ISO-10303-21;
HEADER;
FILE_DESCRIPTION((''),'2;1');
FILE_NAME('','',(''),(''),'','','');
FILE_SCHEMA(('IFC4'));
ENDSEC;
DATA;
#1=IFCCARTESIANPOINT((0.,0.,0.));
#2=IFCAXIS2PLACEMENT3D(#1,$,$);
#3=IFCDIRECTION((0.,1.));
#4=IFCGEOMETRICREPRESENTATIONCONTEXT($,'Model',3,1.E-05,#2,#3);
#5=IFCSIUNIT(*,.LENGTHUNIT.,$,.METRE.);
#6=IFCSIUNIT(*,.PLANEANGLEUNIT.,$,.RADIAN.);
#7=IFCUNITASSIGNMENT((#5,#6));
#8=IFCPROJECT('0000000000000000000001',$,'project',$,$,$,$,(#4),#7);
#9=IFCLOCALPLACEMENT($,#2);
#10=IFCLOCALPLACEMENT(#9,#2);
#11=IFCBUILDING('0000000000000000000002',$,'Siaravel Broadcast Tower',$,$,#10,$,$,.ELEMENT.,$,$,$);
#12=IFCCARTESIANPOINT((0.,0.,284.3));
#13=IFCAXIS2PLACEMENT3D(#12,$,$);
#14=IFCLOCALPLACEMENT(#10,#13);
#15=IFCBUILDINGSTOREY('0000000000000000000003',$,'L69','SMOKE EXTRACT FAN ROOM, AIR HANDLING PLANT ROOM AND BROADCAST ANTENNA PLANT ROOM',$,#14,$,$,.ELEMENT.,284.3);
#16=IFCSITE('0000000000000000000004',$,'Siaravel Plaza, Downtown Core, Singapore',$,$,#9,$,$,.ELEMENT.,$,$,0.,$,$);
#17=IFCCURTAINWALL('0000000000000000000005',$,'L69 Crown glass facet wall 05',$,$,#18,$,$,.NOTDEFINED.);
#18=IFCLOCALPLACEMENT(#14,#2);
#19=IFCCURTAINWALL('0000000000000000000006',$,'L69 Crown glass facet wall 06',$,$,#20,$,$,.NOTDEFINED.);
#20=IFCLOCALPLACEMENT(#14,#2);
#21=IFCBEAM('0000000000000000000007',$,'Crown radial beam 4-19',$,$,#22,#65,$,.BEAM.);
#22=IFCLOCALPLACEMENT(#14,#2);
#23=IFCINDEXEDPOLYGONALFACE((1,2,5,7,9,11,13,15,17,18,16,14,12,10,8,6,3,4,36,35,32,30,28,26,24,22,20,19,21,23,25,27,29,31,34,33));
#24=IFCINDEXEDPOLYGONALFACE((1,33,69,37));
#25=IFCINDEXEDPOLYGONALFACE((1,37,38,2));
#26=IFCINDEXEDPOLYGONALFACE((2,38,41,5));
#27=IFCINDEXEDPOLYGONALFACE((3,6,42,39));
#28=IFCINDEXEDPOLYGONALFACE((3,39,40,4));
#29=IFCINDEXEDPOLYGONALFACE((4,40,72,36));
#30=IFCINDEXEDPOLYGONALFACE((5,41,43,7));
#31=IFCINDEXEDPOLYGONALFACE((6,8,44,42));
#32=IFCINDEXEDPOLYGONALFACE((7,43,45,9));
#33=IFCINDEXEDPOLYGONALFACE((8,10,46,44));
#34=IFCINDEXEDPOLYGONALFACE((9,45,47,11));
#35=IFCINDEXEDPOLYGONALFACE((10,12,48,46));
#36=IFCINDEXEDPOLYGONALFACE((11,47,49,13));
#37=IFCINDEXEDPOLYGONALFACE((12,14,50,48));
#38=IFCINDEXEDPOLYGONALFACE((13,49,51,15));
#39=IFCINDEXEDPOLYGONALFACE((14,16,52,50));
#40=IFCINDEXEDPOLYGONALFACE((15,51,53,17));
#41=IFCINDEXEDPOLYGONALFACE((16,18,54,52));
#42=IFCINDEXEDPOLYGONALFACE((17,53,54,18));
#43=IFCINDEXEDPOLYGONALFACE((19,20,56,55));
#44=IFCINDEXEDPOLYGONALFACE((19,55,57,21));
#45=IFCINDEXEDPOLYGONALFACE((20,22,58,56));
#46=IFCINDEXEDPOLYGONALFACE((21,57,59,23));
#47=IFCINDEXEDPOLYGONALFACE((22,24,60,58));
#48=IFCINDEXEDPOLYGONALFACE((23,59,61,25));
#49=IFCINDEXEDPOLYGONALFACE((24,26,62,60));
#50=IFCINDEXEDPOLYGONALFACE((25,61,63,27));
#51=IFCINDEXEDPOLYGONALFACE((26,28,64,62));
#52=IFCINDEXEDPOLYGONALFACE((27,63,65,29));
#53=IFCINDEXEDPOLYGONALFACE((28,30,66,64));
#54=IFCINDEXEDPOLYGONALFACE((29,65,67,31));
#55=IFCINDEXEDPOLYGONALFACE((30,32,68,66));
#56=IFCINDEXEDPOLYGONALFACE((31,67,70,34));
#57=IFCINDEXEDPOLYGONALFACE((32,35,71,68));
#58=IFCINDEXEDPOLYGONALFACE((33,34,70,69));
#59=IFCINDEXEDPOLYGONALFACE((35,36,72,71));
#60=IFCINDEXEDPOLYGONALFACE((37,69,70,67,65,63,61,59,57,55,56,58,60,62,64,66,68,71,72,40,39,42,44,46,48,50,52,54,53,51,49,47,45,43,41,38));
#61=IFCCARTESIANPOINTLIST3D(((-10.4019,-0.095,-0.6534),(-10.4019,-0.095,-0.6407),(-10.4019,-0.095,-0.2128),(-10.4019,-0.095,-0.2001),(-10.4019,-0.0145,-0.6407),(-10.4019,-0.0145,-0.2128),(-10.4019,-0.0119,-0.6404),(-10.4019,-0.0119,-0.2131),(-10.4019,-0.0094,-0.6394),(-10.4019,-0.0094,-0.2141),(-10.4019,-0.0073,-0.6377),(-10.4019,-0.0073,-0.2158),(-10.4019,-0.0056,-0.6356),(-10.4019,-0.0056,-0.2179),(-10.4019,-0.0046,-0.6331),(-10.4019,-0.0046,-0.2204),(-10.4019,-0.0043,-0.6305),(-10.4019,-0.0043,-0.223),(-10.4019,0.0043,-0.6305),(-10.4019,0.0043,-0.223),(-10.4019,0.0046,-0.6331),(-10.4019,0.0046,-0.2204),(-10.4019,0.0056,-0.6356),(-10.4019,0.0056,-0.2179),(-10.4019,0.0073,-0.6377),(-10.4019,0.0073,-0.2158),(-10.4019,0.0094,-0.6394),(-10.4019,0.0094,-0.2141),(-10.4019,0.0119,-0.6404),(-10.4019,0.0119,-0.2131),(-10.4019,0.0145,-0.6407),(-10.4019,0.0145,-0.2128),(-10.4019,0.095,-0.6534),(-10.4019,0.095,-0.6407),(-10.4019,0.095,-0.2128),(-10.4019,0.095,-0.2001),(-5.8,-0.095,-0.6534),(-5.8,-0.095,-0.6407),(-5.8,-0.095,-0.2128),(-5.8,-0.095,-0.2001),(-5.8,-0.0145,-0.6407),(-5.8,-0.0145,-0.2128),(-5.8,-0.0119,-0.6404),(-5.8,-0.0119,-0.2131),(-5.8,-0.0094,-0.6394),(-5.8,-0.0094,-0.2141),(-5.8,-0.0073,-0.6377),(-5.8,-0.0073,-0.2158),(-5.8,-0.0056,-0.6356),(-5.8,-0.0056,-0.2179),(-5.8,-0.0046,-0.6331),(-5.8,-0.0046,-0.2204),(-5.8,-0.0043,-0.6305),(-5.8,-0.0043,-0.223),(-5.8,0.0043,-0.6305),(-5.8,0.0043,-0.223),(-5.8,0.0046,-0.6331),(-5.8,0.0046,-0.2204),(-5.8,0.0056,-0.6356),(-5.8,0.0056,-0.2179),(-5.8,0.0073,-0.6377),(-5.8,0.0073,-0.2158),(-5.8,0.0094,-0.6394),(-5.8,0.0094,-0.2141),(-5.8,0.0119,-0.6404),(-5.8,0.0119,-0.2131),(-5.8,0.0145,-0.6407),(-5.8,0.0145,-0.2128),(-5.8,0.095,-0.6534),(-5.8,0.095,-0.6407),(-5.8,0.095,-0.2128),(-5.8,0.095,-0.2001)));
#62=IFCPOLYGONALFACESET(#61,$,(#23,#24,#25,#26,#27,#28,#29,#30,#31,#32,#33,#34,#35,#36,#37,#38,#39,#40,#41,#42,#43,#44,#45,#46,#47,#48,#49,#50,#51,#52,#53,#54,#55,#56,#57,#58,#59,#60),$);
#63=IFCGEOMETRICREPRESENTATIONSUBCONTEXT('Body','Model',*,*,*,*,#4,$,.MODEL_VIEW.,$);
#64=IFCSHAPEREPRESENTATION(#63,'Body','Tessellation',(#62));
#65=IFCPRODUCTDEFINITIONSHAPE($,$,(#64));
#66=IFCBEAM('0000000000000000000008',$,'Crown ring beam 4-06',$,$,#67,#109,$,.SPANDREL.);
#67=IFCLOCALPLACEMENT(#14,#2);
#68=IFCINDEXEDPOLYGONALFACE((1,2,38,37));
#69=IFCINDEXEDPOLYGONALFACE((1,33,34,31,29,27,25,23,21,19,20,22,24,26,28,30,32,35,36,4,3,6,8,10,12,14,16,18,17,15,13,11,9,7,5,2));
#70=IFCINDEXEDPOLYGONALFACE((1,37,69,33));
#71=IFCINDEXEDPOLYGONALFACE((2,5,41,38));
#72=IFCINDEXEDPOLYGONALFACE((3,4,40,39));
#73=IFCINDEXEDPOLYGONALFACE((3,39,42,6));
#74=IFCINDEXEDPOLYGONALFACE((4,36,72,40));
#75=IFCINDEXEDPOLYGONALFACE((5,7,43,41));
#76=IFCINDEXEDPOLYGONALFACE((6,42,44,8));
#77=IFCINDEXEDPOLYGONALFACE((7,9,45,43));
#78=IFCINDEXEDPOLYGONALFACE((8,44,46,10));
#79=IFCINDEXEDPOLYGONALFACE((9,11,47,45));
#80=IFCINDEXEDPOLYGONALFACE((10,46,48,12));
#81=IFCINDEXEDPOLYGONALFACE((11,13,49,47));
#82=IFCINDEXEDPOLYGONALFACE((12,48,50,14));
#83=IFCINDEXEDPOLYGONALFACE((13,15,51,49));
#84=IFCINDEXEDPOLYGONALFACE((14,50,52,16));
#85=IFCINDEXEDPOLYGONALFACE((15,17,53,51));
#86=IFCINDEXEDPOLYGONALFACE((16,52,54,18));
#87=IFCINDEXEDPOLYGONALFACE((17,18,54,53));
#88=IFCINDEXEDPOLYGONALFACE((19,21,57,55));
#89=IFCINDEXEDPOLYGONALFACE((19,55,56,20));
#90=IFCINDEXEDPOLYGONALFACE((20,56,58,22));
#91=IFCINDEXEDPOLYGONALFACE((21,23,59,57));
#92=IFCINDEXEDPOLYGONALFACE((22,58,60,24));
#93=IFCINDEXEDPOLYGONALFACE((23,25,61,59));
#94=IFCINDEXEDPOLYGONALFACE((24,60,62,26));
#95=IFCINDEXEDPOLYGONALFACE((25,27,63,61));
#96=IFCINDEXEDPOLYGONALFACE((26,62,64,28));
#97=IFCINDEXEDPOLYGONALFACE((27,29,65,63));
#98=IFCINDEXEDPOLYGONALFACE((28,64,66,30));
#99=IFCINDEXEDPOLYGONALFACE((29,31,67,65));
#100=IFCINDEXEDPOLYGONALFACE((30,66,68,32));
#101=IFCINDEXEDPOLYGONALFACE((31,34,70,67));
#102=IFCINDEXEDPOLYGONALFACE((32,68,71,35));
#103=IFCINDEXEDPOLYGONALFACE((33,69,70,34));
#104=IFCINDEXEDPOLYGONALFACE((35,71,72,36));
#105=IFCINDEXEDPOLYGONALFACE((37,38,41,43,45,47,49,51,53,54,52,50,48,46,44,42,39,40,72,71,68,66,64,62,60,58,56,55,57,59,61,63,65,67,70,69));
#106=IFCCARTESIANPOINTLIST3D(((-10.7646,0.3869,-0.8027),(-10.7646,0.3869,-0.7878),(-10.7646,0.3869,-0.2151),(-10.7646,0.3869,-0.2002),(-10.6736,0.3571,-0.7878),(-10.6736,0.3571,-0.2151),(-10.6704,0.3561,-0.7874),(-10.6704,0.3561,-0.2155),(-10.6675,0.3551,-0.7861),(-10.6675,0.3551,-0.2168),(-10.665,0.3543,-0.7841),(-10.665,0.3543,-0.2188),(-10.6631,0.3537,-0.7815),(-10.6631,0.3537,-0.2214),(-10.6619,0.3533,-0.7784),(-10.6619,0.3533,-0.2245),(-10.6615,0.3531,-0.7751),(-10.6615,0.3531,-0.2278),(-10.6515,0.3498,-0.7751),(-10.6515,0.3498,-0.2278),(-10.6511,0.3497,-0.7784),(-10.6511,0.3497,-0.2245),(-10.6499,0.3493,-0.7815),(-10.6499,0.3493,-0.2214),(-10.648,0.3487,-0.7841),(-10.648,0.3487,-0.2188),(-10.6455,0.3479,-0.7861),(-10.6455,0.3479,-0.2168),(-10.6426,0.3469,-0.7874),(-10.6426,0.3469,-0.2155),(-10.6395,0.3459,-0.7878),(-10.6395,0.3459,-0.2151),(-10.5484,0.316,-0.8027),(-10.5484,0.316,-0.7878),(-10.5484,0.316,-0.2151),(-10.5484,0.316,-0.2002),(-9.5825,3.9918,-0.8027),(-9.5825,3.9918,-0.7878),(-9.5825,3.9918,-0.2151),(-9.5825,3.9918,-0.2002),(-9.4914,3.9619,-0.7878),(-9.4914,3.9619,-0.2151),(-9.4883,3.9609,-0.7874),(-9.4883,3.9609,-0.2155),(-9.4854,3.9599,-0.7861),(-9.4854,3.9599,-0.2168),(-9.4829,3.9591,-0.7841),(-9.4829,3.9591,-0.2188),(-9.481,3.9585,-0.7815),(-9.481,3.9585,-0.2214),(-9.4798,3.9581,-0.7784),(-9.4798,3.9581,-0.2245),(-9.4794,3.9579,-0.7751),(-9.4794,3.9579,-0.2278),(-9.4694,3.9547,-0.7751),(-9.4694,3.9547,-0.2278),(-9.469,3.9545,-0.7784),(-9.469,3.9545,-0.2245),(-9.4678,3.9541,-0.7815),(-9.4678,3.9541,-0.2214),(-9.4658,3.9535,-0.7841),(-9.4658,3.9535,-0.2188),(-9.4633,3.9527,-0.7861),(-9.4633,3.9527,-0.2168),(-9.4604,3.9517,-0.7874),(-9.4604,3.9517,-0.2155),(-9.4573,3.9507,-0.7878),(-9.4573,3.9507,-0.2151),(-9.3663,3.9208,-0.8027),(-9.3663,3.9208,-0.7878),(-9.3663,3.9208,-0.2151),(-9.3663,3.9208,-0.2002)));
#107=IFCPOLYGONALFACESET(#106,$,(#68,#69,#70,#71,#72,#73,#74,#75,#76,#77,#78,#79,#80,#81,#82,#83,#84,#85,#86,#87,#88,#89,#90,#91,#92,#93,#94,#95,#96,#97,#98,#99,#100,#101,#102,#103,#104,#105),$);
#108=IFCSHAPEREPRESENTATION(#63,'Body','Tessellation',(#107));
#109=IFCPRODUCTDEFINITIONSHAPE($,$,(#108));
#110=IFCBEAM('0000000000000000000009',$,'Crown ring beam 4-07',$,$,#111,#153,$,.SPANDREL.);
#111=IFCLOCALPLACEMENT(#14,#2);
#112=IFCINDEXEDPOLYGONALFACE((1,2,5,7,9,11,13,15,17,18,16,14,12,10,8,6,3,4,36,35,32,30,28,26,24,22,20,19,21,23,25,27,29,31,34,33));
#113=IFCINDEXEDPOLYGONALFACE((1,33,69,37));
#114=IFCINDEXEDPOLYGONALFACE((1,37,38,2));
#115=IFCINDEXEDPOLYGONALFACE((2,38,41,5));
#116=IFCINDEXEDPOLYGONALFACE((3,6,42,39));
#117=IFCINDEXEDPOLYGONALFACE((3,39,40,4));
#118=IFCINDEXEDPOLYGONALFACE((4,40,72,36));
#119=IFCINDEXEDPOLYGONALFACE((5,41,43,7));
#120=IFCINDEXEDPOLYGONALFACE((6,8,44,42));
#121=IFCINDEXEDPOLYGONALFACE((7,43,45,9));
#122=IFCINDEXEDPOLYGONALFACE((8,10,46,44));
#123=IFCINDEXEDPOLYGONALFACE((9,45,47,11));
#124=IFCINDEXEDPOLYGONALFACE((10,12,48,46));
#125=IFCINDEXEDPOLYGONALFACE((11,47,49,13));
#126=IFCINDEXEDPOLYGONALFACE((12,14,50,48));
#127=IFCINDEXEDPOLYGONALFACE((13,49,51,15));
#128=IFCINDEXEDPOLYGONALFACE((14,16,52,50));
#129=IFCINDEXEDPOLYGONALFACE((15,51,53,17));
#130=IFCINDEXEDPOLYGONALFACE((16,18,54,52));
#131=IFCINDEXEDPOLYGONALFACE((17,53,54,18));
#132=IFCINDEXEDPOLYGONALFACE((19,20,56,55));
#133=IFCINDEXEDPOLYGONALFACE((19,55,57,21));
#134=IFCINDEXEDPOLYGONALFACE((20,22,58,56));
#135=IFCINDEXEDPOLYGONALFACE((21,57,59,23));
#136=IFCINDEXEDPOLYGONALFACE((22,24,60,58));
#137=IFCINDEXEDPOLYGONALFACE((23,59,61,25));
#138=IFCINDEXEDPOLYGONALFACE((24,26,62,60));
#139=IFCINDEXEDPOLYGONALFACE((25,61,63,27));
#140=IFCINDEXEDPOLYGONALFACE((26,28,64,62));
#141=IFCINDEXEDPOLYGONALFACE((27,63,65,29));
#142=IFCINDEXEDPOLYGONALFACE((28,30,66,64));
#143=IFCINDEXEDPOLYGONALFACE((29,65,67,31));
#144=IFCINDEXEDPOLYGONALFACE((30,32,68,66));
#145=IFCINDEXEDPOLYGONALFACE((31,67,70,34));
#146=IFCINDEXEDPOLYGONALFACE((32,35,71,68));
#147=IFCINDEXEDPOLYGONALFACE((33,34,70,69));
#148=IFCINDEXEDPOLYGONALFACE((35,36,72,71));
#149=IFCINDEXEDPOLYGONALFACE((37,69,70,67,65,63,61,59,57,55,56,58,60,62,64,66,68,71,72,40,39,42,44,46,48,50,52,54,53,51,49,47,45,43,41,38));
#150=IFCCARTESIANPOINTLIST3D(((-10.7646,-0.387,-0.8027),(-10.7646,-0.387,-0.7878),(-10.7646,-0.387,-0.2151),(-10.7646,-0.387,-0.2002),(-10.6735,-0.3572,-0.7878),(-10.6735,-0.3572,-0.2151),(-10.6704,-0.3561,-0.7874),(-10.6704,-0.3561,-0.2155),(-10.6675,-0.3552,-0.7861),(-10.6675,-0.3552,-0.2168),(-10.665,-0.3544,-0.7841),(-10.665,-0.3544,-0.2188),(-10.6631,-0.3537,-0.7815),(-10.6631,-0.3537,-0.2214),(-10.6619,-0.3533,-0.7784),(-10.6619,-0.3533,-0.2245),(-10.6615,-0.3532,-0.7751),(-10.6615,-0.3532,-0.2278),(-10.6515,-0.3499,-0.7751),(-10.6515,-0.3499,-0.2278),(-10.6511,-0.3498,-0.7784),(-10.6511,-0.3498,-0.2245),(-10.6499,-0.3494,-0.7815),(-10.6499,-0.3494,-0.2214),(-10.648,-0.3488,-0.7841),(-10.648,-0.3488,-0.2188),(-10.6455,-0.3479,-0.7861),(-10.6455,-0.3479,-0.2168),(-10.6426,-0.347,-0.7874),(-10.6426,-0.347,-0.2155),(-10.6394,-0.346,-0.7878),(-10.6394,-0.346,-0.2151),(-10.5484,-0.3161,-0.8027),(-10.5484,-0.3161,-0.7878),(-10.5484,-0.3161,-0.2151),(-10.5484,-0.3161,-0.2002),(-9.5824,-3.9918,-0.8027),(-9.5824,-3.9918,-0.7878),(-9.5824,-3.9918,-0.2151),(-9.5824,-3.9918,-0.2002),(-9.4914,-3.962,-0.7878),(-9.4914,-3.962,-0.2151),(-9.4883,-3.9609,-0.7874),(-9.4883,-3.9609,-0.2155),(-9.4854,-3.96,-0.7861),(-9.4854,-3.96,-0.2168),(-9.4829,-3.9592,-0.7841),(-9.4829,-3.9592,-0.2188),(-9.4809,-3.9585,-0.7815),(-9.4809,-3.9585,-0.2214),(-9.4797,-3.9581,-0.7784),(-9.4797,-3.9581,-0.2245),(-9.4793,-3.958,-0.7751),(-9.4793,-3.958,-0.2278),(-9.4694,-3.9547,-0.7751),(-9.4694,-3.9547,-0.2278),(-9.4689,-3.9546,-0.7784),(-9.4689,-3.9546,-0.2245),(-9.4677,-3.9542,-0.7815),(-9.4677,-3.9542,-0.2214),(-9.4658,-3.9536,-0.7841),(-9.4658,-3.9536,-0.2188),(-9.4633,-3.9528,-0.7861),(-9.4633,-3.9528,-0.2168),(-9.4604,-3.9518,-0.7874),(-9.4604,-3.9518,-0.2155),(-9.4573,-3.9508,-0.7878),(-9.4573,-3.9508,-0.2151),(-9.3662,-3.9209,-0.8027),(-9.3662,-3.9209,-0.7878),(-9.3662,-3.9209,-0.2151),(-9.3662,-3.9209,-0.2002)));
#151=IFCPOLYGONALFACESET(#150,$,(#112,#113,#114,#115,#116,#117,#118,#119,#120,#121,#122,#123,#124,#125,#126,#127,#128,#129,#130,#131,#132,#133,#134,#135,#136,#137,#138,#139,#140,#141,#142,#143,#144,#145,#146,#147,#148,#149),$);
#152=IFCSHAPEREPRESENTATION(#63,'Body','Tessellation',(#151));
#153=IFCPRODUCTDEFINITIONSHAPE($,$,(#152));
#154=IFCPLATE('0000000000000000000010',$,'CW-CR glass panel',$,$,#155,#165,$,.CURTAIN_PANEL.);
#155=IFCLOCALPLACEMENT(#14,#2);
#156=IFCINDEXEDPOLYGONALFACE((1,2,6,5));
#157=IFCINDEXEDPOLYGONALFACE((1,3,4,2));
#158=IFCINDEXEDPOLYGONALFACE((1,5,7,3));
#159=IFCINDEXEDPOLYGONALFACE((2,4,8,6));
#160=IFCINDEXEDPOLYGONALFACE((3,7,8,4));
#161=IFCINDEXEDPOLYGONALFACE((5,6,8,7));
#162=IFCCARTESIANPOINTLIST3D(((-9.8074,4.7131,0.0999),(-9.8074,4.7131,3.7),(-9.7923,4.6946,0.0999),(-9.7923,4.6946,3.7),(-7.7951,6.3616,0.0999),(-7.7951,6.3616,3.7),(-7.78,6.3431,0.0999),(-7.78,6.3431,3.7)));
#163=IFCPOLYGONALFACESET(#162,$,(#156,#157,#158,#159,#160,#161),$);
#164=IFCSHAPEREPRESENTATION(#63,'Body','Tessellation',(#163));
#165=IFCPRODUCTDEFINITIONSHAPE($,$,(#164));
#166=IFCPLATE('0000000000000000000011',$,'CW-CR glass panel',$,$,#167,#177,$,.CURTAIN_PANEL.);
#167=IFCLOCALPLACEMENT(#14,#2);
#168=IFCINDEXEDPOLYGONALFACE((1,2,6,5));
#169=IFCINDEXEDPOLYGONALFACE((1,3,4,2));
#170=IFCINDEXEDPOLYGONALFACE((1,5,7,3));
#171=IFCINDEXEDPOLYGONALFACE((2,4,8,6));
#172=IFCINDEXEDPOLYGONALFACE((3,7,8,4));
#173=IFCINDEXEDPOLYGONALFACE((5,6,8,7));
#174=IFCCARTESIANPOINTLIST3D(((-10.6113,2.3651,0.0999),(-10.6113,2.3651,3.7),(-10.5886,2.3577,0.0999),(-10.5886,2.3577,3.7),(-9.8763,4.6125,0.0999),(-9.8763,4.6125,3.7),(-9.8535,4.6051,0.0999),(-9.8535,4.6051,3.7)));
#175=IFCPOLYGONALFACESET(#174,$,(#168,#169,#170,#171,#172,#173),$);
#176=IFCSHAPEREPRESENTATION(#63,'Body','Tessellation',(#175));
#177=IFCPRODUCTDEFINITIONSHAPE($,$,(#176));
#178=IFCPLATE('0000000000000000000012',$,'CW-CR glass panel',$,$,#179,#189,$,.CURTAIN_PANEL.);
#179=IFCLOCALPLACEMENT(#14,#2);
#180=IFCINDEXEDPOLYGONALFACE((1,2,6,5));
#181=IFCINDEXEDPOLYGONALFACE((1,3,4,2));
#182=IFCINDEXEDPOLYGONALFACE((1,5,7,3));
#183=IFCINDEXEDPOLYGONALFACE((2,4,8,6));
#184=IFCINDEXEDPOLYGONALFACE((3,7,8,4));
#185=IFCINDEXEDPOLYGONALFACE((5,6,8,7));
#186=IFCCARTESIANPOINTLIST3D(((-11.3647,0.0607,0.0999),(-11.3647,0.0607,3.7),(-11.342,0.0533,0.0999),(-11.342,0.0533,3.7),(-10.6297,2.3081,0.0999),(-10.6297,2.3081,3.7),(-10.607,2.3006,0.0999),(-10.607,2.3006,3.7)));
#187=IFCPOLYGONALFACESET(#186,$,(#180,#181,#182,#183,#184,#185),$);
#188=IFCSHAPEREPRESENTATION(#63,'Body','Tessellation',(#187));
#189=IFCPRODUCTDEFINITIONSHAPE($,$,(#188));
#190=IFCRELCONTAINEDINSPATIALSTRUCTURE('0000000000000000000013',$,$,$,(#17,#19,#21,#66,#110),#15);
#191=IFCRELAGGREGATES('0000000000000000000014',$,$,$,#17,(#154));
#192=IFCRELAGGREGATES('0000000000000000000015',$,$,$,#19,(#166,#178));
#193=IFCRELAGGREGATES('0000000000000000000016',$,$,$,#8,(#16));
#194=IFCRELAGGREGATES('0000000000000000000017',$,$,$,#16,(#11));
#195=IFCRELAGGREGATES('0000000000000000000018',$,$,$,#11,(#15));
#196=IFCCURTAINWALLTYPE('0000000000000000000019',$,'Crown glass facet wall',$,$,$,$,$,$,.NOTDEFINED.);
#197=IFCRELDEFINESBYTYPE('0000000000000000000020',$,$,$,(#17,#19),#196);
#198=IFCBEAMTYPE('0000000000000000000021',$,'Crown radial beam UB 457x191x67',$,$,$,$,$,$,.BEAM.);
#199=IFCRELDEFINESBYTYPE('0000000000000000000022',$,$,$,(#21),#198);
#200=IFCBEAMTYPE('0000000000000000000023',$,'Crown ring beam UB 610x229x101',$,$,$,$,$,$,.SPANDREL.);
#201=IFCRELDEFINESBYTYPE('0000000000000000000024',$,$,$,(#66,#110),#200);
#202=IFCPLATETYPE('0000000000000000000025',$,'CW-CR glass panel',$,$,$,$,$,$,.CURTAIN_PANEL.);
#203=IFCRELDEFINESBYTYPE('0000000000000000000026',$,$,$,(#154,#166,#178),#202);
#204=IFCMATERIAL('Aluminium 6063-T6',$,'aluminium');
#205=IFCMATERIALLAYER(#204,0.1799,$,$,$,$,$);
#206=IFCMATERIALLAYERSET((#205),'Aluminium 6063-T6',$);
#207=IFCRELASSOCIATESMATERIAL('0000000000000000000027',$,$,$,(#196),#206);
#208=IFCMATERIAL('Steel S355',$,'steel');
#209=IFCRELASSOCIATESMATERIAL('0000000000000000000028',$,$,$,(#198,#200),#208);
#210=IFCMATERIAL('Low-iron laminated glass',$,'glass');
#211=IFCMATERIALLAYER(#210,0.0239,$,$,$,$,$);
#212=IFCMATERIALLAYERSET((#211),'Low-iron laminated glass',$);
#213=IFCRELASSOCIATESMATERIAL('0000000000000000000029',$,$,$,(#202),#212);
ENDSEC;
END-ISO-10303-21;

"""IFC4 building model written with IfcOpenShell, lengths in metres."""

from ifc_helpers import new_model, si_unit, direction, frame, origin, origin_2d, place, context, subcontext, project, spatial, rectangle, i_section, extrude, material, layer, layer_set, material_profile, profile_set, type_object, element, aggregate, save


model = new_model("IFC4")

# Units and contexts
model_context = context("Model", 3, precision=1e-05, world=origin(), true_north=direction((0.0, 1.0)))
body_context = subcontext(model_context, "Body", "Model", "MODEL_VIEW")
ifc_project = project(units=[si_unit("LENGTHUNIT", "METRE"), si_unit("PLANEANGLEUNIT", "RADIAN")], contexts=[model_context])

# Site, building, storey
site_placement = place(None, origin())
site = spatial("IfcSite", under=ifc_project, at=site_placement, Name="Siaravel Plaza, Downtown Core, Singapore", CompositionType="ELEMENT", RefElevation=0.0)
building_placement = place(site_placement, origin())
building = spatial("IfcBuilding", under=site, at=building_placement, Name="Siaravel Broadcast Tower", CompositionType="ELEMENT")
storey_placement = place(building_placement, frame((0.0, 0.0, 284.3)))
storey = spatial("IfcBuildingStorey", under=building, at=storey_placement, Name="L69", Description="SMOKE EXTRACT FAN ROOM, AIR HANDLING PLANT ROOM AND BROADCAST ANTENNA PLANT ROOM", CompositionType="ELEMENT", Elevation=284.3)

# Curtain walls
ifc_material_1 = material(Name="Aluminium 6063-T6", Category="aluminium")
ifc_layer_1 = layer(ifc_material_1, 0.1799)
ifc_layer_set_1 = layer_set([ifc_layer_1], Name="Aluminium 6063-T6")
curtain_wall_type = type_object("IfcCurtainWallType", Name="Crown glass facet wall", PredefinedType="NOTDEFINED", material=ifc_layer_set_1)
curtain_wall_1_placement = place(storey_placement, origin())
curtain_wall_1 = element("IfcCurtainWall", 1, at=curtain_wall_1_placement, inside=storey, type_object=curtain_wall_type, Name="L69 Crown glass facet wall 05", PredefinedType="NOTDEFINED")
curtain_wall_2_placement = place(storey_placement, origin())
curtain_wall_2 = element("IfcCurtainWall", 2, at=curtain_wall_2_placement, inside=storey, type_object=curtain_wall_type, Name="L69 Crown glass facet wall 06", PredefinedType="NOTDEFINED")

# Beams
ifc_material_2 = material(Name="Steel S355", Category="steel")
ifc_material_profile_1 = material_profile(ifc_material_2, i_section(OverallWidth=0.1899, OverallDepth=0.4534, WebThickness=0.0085, FlangeThickness=0.0127, FilletRadius=0.0103, at=origin_2d()))
ifc_profile_set_1 = profile_set([ifc_material_profile_1], Name="Steel S355")
beam_type_1 = type_object("IfcBeamType", Name="Crown radial beam UB 457x191x67", PredefinedType="BEAM", material=ifc_profile_set_1)
beam_1_placement = place(storey_placement, frame((-10.4019, 0.0, -0.4268), z_axis=(1.0, 0.0, 0.0), x_axis=(0.0, 1.0, 0.0)))
element("IfcBeam", 3, at=beam_1_placement, inside=storey, type_object=beam_type_1, Name="Crown radial beam 4-19", PredefinedType="BEAM", context=body_context, shape_type="SweptSolid", body=[
    extrude(i_section(OverallWidth=0.1899, OverallDepth=0.4534, WebThickness=0.0085, FlangeThickness=0.0127, FilletRadius=0.0103, at=origin_2d()), origin(), (0.0, 0.0, 1.0), 4.6018),
])
ifc_material_profile_2 = material_profile(ifc_material_2, i_section(OverallWidth=0.2275, OverallDepth=0.6025, WebThickness=0.0105, FlangeThickness=0.0149, FilletRadius=0.0127, at=origin_2d()))
ifc_profile_set_2 = profile_set([ifc_material_profile_2], Name="Steel S355")
beam_type_2 = type_object("IfcBeamType", Name="Crown ring beam UB 610x229x101", PredefinedType="SPANDREL", material=ifc_profile_set_2)
for number, where, z_axis, x_axis, name in (
    (4, (-9.4744, 3.9563, -0.5015), (-0.31161, -0.95021, 0.0), (0.95021, -0.31161, 0.0), "Crown ring beam 4-06"),
    (5, (-10.6565, -0.3516, -0.5015), (0.31161, -0.95021, 0.0), (0.95021, 0.31161, 0.0), "Crown ring beam 4-07"),
):
    element("IfcBeam", number, at=place(storey_placement, frame(where, z_axis=z_axis, x_axis=x_axis)), inside=storey, type_object=beam_type_2, Name=name, PredefinedType="SPANDREL", context=body_context, shape_type="SweptSolid", body=[
        extrude(i_section(OverallWidth=0.2275, OverallDepth=0.6025, WebThickness=0.0105, FlangeThickness=0.0149, FilletRadius=0.0127, at=origin_2d()), origin(), (0.0, 0.0, 1.0), 3.7937),
    ])

# Plates
ifc_material_3 = material(Name="Low-iron laminated glass", Category="glass")
ifc_layer_2 = layer(ifc_material_3, 0.0239)
ifc_layer_set_2 = layer_set([ifc_layer_2], Name="Low-iron laminated glass")
plate_type = type_object("IfcPlateType", Name="CW-CR glass panel", PredefinedType="CURTAIN_PANEL", material=ifc_layer_set_2)
plate_1_placement = place(storey_placement, frame((-8.7937, 5.5281, 0.0999), z_axis=(0.0, 0.0, 1.0), x_axis=(-0.773564, -0.633718, 0.0)))
plate_1 = element("IfcPlate", 6, at=plate_1_placement, type_object=plate_type, Name="CW-CR glass panel", PredefinedType="CURTAIN_PANEL", context=body_context, shape_type="SweptSolid", body=[
    extrude(rectangle(XDim=2.6013, YDim=0.0239, at=origin_2d()), origin(), (0.0, 0.0, 1.0), 3.6001),
])
aggregate(curtain_wall_1, [plate_1])
plate_2_placement = place(storey_placement, frame((-10.2324, 3.4851, 0.0999), z_axis=(0.0, 0.0, 1.0), x_axis=(-0.310855, -0.950457, 0.0)))
plate_2 = element("IfcPlate", 7, at=plate_2_placement, type_object=plate_type, Name="CW-CR glass panel", PredefinedType="CURTAIN_PANEL", context=body_context, shape_type="SweptSolid", body=[
    extrude(rectangle(XDim=2.3645, YDim=0.0239, at=origin_2d()), origin(), (0.0, 0.0, 1.0), 3.6001),
])
plate_3_placement = place(storey_placement, frame((-10.9858, 1.1807, 0.0999), z_axis=(0.0, 0.0, 1.0), x_axis=(-0.310855, -0.950457, 0.0)))
plate_3 = element("IfcPlate", 8, at=plate_3_placement, type_object=plate_type, Name="CW-CR glass panel", PredefinedType="CURTAIN_PANEL", context=body_context, shape_type="SweptSolid", body=[
    extrude(rectangle(XDim=2.3645, YDim=0.0239, at=origin_2d()), origin(), (0.0, 0.0, 1.0), 3.6001),
])
aggregate(curtain_wall_2, [plate_2, plate_3])

save(model, "model.ifc")
